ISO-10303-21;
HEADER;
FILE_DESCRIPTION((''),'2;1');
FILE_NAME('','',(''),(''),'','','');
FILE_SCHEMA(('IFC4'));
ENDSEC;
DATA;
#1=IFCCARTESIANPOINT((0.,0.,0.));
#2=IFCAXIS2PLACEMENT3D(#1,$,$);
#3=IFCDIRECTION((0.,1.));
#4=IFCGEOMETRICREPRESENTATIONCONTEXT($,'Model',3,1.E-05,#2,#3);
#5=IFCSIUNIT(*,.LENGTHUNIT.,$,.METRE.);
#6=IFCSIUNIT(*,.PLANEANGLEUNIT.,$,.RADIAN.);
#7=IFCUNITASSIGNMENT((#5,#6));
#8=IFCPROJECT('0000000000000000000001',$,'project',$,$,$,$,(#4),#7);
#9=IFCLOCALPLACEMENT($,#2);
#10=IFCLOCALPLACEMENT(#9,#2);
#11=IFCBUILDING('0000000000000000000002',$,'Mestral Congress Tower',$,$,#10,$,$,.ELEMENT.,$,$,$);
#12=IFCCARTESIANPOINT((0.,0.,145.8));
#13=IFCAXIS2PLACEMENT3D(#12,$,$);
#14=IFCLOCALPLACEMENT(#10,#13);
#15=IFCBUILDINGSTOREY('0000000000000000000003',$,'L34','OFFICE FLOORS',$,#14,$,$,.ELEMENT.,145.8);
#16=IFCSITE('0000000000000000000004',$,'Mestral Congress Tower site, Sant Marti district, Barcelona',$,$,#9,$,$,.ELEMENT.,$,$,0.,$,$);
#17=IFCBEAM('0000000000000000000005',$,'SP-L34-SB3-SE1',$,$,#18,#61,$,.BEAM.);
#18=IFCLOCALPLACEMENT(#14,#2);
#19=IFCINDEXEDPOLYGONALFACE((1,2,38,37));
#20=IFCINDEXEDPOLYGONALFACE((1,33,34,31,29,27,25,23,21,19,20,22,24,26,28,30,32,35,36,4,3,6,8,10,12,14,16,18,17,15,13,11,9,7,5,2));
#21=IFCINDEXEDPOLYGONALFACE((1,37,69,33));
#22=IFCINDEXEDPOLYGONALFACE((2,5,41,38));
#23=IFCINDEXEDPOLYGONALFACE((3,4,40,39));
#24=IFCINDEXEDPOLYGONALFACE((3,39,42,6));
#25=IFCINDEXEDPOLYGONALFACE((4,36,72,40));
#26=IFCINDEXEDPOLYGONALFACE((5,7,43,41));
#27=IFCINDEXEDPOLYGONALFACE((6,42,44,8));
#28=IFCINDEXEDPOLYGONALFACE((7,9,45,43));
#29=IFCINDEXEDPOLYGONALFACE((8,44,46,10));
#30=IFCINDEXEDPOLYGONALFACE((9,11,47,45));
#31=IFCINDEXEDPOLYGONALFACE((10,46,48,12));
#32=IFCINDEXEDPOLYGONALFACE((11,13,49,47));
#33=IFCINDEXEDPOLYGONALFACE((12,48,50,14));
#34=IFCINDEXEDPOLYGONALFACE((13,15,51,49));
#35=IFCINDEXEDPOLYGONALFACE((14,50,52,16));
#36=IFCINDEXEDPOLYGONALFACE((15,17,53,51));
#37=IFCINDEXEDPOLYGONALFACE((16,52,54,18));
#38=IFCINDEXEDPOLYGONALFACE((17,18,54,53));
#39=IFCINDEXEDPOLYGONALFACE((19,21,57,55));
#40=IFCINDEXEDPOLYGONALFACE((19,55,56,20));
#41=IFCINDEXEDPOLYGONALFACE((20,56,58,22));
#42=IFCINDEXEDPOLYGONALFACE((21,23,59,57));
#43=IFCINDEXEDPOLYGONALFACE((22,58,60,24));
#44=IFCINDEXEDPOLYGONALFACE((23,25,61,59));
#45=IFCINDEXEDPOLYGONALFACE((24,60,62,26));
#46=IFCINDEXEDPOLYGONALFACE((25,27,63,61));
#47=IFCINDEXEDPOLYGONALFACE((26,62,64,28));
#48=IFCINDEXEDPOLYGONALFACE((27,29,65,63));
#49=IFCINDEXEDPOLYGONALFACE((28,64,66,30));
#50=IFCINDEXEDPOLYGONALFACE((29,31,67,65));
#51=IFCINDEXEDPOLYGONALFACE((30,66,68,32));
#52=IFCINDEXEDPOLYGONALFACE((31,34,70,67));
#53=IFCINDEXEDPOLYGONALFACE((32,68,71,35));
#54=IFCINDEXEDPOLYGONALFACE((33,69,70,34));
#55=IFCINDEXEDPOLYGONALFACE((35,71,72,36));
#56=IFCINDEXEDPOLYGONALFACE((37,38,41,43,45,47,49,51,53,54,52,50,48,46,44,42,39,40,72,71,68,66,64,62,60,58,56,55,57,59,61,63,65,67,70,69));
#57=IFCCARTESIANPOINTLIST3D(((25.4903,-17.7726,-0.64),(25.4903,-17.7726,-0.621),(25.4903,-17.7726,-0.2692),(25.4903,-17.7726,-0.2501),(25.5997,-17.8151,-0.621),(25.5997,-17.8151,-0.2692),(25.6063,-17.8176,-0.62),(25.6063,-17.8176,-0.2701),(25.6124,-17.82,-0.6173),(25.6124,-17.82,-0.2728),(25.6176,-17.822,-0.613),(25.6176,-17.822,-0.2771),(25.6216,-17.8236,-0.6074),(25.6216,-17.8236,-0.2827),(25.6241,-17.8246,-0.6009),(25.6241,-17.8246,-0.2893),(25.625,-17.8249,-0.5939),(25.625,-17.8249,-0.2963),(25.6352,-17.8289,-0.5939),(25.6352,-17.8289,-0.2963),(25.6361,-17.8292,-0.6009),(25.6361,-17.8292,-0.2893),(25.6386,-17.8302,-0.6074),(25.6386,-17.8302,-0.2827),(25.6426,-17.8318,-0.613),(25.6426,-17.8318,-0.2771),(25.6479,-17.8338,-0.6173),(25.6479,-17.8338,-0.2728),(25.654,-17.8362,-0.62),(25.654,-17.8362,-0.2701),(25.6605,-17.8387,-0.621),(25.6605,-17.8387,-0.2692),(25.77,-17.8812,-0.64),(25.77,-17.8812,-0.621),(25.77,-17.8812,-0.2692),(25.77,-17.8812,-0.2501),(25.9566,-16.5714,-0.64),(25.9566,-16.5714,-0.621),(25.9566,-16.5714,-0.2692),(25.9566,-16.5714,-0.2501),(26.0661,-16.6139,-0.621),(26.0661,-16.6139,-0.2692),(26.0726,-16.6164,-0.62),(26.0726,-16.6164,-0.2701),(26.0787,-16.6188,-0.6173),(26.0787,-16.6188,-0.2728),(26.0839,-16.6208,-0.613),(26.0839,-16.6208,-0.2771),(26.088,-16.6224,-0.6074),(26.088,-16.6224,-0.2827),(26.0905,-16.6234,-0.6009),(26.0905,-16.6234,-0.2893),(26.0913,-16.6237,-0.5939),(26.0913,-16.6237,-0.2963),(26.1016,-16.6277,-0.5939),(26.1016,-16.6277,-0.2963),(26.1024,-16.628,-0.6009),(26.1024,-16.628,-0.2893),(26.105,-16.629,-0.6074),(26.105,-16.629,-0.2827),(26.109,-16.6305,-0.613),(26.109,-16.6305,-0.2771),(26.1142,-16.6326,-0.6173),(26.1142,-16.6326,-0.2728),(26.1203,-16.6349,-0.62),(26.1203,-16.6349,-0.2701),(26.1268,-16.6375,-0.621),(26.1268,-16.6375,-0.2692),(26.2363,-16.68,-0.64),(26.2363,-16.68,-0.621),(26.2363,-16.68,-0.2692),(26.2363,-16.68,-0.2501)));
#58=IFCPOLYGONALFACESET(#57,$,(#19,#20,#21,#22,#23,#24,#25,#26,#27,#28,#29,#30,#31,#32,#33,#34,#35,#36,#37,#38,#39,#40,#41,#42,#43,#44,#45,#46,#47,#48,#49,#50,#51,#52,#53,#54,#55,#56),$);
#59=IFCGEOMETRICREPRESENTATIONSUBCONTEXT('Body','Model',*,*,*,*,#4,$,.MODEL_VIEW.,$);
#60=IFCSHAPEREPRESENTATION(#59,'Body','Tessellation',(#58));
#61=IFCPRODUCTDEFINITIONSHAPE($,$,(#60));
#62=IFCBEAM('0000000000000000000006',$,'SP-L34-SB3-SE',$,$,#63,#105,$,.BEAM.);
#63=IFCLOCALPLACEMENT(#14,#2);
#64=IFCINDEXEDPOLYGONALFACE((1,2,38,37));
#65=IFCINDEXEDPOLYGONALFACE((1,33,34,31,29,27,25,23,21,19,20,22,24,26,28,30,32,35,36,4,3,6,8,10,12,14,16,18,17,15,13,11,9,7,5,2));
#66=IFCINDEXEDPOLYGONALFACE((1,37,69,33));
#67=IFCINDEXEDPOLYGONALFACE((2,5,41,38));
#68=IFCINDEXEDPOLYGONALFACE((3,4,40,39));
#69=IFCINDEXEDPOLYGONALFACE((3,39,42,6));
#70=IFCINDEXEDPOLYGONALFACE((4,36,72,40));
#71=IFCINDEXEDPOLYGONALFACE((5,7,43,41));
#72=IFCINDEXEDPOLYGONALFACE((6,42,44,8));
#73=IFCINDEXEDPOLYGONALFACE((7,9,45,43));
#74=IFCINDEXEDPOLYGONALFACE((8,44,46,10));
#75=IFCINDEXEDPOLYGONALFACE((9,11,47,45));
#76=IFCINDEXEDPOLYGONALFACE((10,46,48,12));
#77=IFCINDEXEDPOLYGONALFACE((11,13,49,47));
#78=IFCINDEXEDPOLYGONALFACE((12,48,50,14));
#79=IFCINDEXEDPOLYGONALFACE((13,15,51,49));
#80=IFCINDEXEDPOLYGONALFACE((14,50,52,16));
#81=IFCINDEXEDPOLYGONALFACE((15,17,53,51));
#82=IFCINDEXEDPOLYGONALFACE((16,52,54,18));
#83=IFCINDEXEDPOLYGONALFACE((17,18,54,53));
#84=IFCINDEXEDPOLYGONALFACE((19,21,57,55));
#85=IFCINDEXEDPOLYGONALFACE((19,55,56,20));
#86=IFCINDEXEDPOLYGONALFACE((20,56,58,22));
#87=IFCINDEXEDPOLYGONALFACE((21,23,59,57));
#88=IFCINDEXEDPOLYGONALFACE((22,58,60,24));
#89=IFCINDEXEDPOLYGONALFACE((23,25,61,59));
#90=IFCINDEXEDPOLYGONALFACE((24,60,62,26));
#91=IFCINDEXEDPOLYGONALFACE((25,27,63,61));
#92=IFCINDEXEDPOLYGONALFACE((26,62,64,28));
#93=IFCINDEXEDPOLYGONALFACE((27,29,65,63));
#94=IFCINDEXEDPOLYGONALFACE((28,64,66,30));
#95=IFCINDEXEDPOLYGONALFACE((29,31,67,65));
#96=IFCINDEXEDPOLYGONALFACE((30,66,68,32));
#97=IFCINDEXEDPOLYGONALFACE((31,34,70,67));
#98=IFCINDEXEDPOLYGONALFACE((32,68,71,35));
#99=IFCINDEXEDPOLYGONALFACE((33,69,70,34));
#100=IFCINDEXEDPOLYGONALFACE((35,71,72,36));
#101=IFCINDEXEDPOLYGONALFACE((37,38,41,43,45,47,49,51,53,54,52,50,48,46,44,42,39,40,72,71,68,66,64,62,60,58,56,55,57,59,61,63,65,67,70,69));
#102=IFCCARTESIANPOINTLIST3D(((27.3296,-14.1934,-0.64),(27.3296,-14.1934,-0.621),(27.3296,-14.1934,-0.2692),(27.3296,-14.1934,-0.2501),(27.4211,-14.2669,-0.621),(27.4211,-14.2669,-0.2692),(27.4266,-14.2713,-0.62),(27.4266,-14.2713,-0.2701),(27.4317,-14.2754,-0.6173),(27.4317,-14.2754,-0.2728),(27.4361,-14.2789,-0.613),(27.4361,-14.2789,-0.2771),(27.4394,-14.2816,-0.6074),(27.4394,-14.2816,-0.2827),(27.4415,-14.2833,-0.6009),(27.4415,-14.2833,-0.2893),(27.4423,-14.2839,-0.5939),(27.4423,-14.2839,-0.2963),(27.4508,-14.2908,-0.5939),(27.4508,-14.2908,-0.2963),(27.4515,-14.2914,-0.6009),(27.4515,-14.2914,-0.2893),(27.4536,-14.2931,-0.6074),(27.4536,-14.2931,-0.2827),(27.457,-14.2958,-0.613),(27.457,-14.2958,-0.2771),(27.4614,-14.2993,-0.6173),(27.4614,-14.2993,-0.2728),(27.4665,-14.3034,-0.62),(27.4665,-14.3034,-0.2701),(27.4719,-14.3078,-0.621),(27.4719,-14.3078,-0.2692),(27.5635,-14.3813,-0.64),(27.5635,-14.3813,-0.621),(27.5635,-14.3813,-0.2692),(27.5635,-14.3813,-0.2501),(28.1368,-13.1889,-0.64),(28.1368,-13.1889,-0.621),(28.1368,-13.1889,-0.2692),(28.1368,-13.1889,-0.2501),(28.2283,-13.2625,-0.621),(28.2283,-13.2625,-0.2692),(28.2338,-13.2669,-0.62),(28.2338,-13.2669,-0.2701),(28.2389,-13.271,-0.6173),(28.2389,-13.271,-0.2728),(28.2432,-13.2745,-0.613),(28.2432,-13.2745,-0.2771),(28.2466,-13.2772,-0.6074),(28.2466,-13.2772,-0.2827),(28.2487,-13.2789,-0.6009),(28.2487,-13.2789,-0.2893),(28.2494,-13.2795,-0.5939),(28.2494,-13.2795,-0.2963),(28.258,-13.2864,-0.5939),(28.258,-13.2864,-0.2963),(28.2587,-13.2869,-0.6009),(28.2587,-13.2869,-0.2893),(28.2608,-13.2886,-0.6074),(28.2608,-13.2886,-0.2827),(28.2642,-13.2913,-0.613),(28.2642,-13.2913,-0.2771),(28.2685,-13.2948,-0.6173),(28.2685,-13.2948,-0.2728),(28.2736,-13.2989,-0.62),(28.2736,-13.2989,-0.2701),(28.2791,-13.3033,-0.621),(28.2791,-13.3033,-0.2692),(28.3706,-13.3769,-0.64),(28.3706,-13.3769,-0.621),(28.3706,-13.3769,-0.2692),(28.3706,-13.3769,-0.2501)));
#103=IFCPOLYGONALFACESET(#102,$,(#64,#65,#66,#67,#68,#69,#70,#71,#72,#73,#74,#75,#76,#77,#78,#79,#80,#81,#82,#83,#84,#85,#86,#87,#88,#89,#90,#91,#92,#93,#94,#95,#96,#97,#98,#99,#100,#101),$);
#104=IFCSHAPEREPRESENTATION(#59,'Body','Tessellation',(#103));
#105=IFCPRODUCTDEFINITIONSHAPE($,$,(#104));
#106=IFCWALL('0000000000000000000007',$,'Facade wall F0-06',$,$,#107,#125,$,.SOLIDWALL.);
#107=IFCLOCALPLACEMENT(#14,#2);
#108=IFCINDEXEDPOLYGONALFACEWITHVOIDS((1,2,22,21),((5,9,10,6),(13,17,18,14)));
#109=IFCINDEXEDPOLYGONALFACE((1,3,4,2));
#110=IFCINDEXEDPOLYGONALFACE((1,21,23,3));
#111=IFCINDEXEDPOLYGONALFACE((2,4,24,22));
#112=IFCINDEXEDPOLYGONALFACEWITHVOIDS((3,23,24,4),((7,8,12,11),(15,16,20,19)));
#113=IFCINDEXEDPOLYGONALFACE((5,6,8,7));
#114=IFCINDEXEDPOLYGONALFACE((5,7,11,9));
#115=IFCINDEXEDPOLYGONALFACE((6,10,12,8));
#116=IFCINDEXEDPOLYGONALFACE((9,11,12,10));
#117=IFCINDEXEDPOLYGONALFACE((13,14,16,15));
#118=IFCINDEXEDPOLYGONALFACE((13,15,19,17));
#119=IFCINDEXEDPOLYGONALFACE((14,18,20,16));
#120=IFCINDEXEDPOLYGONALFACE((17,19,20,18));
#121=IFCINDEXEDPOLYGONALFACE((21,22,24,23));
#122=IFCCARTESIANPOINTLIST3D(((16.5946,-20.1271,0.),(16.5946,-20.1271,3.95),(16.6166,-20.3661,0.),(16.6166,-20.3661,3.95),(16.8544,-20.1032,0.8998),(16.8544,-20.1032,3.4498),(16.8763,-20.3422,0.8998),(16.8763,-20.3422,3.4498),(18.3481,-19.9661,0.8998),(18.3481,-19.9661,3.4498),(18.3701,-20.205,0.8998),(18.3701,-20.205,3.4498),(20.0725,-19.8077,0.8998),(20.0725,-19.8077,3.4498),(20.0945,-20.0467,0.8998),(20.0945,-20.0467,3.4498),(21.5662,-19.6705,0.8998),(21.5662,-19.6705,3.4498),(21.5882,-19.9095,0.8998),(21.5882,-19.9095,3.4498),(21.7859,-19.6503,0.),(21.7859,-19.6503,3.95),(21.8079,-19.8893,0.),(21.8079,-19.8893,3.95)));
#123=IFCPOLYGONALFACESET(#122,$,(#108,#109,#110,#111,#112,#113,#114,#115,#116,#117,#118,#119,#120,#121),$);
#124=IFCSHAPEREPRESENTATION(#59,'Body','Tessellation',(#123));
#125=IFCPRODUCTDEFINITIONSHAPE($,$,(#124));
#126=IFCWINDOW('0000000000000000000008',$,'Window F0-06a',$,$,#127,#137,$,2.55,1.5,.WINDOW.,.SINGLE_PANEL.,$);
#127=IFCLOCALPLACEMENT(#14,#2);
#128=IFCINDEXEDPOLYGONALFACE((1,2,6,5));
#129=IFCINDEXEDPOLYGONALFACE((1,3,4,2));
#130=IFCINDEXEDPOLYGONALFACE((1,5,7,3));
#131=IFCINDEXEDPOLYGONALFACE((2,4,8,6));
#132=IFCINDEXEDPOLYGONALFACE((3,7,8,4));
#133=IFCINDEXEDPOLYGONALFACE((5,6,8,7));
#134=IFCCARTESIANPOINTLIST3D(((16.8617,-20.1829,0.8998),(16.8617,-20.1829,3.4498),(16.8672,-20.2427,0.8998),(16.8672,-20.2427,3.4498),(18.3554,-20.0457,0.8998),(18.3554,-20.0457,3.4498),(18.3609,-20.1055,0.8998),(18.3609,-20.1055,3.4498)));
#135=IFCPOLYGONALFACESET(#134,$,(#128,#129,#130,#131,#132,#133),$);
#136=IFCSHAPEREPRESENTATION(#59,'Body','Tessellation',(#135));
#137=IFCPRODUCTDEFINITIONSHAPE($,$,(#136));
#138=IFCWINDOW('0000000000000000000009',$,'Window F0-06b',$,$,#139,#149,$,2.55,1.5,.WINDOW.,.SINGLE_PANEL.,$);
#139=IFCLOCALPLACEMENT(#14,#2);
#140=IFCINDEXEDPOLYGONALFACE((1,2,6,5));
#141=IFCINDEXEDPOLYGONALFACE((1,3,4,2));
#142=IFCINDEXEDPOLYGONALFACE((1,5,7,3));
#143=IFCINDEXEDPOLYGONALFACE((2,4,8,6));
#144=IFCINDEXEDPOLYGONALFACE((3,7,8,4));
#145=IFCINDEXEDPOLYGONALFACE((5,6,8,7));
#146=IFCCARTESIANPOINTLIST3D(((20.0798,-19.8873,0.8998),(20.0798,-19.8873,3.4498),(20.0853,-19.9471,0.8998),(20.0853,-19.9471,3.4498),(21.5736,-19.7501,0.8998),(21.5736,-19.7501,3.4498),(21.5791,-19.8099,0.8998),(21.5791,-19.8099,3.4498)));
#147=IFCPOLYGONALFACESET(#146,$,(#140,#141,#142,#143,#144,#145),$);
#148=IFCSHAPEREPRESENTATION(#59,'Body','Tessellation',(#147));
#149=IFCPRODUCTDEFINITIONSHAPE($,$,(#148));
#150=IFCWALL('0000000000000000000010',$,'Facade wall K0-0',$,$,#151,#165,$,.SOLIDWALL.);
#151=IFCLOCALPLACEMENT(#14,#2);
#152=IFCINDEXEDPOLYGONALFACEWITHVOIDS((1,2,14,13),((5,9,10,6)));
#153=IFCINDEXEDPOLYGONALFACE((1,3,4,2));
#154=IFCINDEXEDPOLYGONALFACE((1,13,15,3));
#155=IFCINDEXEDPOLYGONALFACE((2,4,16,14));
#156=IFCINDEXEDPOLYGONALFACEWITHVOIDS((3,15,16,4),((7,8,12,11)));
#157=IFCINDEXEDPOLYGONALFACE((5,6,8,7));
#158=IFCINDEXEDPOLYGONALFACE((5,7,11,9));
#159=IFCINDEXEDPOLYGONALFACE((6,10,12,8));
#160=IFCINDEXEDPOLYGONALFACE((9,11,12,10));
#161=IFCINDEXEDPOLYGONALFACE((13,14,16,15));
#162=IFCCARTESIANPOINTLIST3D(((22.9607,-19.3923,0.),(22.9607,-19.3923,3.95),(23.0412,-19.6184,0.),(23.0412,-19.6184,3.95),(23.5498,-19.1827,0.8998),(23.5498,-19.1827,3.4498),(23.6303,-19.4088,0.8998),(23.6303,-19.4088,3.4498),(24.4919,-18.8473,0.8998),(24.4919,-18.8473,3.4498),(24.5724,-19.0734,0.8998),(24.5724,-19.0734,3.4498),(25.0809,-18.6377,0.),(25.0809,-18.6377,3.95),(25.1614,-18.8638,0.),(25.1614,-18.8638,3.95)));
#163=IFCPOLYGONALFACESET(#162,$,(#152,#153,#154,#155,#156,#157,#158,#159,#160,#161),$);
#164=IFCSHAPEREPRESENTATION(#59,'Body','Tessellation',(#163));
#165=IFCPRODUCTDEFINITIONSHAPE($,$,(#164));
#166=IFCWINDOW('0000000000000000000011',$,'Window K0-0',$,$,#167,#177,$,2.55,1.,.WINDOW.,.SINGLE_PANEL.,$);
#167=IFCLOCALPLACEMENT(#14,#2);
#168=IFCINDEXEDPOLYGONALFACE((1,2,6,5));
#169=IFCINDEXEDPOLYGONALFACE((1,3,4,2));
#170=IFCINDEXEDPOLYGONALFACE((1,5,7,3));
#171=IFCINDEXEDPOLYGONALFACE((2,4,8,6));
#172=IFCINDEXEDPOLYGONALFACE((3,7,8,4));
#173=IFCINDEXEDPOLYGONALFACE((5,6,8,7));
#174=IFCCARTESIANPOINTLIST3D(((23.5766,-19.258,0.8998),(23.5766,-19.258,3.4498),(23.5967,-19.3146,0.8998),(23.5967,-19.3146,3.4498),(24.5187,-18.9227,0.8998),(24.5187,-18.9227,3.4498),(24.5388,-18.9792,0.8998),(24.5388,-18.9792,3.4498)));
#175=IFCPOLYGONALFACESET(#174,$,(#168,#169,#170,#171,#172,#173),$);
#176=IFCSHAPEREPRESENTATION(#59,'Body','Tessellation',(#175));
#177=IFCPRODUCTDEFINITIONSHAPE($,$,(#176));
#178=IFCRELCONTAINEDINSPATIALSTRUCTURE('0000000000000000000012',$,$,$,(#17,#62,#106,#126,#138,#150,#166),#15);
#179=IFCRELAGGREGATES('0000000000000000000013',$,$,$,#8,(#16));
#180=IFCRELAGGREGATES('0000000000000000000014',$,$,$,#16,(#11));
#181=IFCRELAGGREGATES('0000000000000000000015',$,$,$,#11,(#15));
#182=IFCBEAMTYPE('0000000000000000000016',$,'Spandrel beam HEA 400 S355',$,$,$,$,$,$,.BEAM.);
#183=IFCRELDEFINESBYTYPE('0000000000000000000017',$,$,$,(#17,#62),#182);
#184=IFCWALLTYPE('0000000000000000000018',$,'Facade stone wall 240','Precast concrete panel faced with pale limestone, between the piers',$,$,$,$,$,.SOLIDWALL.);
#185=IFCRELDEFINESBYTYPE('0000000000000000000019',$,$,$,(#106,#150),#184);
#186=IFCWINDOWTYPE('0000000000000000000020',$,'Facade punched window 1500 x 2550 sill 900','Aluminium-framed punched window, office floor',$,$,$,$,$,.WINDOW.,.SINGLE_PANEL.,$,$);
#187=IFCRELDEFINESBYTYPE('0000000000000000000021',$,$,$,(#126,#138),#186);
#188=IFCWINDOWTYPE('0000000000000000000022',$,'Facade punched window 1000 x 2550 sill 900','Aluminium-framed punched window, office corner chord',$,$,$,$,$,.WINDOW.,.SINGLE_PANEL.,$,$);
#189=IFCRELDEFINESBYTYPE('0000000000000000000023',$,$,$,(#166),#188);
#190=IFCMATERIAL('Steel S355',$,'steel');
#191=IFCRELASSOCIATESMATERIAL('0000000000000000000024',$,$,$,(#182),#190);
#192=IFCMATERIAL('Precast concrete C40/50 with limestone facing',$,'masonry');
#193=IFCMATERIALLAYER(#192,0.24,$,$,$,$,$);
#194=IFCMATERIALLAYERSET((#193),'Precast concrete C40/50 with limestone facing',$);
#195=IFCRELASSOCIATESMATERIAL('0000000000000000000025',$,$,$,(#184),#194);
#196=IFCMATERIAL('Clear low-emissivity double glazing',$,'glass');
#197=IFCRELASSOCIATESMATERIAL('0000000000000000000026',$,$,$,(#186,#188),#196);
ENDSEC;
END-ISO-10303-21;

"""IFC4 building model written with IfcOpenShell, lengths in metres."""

from ifc_helpers import new_model, si_unit, direction, frame, frame_2d, origin, origin_2d, place, context, subcontext, project, spatial, rectangle, i_section, extrude, material, layer, layer_set, material_profile, profile_set, type_object, element, fill, save


model = new_model("IFC4")

# Units and contexts
model_context = context("Model", 3, precision=1e-05, world=origin(), true_north=direction((0.0, 1.0)))
body_context = subcontext(model_context, "Body", "Model", "MODEL_VIEW")
ifc_project = project(units=[si_unit("LENGTHUNIT", "METRE"), si_unit("PLANEANGLEUNIT", "RADIAN")], contexts=[model_context])

# Site, building, storey
site_placement = place(None, origin())
site = spatial("IfcSite", under=ifc_project, at=site_placement, Name="Mestral Congress Tower site, Sant Marti district, Barcelona", CompositionType="ELEMENT", RefElevation=0.0)
building_placement = place(site_placement, origin())
building = spatial("IfcBuilding", under=site, at=building_placement, Name="Mestral Congress Tower", CompositionType="ELEMENT")
storey_placement = place(building_placement, frame((0.0, 0.0, 145.8)))
storey = spatial("IfcBuildingStorey", under=building, at=storey_placement, Name="L34", Description="OFFICE FLOORS", CompositionType="ELEMENT", Elevation=145.8)

# Beams
ifc_material_1 = material(Name="Steel S355", Category="steel")
ifc_material_profile_1 = material_profile(ifc_material_1, i_section(OverallWidth=0.3, OverallDepth=0.3899, WebThickness=0.011, FlangeThickness=0.019, FilletRadius=0.0271, at=origin_2d()), Name="HEA 400")
ifc_profile_set_1 = profile_set([ifc_material_profile_1], Name="Steel S355")
beam_type_1 = type_object("IfcBeamType", Name="Spandrel beam HEA 400 S355", PredefinedType="BEAM", material=ifc_profile_set_1)
for number, where, z_axis, x_axis, name in (
    (1, (25.6301, -17.8269, -0.4451), (0.361898, 0.932218, 0.0), (-0.932218, 0.361898, 0.0), "SP-L34-SB3-SE1"),
    (2, (27.4465, -14.2874, -0.4451), (0.626403, 0.779499, 0.0), (-0.779499, 0.626403, 0.0), "SP-L34-SB3-SE"),
):
    element("IfcBeam", number, at=place(storey_placement, frame(where, z_axis=z_axis, x_axis=x_axis)), inside=storey, type_object=beam_type_1, Name=name, PredefinedType="BEAM", context=body_context, shape_type="SweptSolid", body=[
        extrude(i_section(OverallWidth=0.3, OverallDepth=0.3899, WebThickness=0.011, FlangeThickness=0.019, FilletRadius=0.0271, at=origin_2d()), origin(), (0.0, 0.0, 1.0), 1.2886),
    ])

# Wall, openings, windows
ifc_material_2 = material(Name="Precast concrete C40/50 with limestone facing", Category="masonry")
ifc_layer_1 = layer(ifc_material_2, 0.24)
ifc_layer_set_1 = layer_set([ifc_layer_1], Name="Precast concrete C40/50 with limestone facing")
wall_type_1 = type_object("IfcWallType", Name="Facade stone wall 240", Description="Precast concrete panel faced with pale limestone, between the piers", PredefinedType="SOLIDWALL", material=ifc_layer_set_1)
wall_1_placement = place(storey_placement, frame((16.6057, -20.2466, 0.0), z_axis=(0.0, 0.0, 1.0), x_axis=(0.995809, 0.09146, 0.0)))
wall_1 = element("IfcWall", 3, at=wall_1_placement, inside=storey, type_object=wall_type_1, Name="Facade wall F0-06", PredefinedType="SOLIDWALL", context=body_context, shape_type="SweptSolid", body=[
    extrude(rectangle(XDim=5.2131, YDim=0.24, at=frame_2d((2.6064, 0.0))), origin(), (0.0, 0.0, 1.0), 3.95),
])
opening_1_placement = place(wall_1_placement, frame((0.2607, 0.0, 0.8999)))
opening_1 = element("IfcOpeningElement", 4, at=opening_1_placement, cuts=wall_1, PredefinedType="OPENING", context=body_context, shape_type="SweptSolid", body=[
    extrude(rectangle(XDim=1.5, YDim=2.55, at=frame_2d((0.75, 1.2749))), frame((0.0, 0.1299, 0.0), z_axis=(0.0, -1.0, 0.0), x_axis=(1.0, 0.0, 0.0)), (0.0, 0.0, 1.0), 0.26),
])
opening_2_placement = place(wall_1_placement, frame((3.4924, 0.0, 0.8999)))
opening_2 = element("IfcOpeningElement", 5, at=opening_2_placement, cuts=wall_1, PredefinedType="OPENING", context=body_context, shape_type="SweptSolid", body=[
    extrude(rectangle(XDim=1.5, YDim=2.55, at=frame_2d((0.75, 1.2749))), frame((0.0, 0.1299, 0.0), z_axis=(0.0, -1.0, 0.0), x_axis=(1.0, 0.0, 0.0)), (0.0, 0.0, 1.0), 0.26),
])
ifc_material_3 = material(Name="Clear low-emissivity double glazing", Category="glass")
window_type_1 = type_object("IfcWindowType", Name="Facade punched window 1500 x 2550 sill 900", Description="Aluminium-framed punched window, office floor", PartitioningType="SINGLE_PANEL", PredefinedType="WINDOW", material=ifc_material_3)
window_1_placement = place(opening_1_placement, origin())
window_1 = element("IfcWindow", 6, at=window_1_placement, inside=storey, type_object=window_type_1, Name="Window F0-06a", OverallHeight=2.55, OverallWidth=1.5, PartitioningType="SINGLE_PANEL", PredefinedType="WINDOW", context=body_context, shape_type="SweptSolid", body=[
    extrude(rectangle(XDim=1.5, YDim=2.55, at=frame_2d((0.75, 1.2749))), frame((0.0, 0.04, 0.0), z_axis=(0.0, -1.0, 0.0), x_axis=(1.0, 0.0, 0.0)), (0.0, 0.0, 1.0), 0.0601),
])
fill(opening_1, window_1)
window_2_placement = place(opening_2_placement, origin())
window_2 = element("IfcWindow", 7, at=window_2_placement, inside=storey, type_object=window_type_1, Name="Window F0-06b", OverallHeight=2.55, OverallWidth=1.5, PartitioningType="SINGLE_PANEL", PredefinedType="WINDOW", context=body_context, shape_type="SweptSolid", body=[
    extrude(rectangle(XDim=1.5, YDim=2.55, at=frame_2d((0.75, 1.2749))), frame((0.0, 0.04, 0.0), z_axis=(0.0, -1.0, 0.0), x_axis=(1.0, 0.0, 0.0)), (0.0, 0.0, 1.0), 0.0601),
])
fill(opening_2, window_2)

# Wall, opening, window
wall_2_placement = place(storey_placement, frame((23.001, -19.5054, 0.0), z_axis=(0.0, 0.0, 1.0), x_axis=(0.9421, 0.335333, 0.0)))
wall_2 = element("IfcWall", 8, at=wall_2_placement, inside=storey, type_object=wall_type_1, Name="Facade wall K0-0", PredefinedType="SOLIDWALL", context=body_context, shape_type="SweptSolid", body=[
    extrude(rectangle(XDim=2.2505, YDim=0.24, at=frame_2d((1.1252, 0.0))), origin(), (0.0, 0.0, 1.0), 3.95),
])
opening_3_placement = place(wall_2_placement, frame((0.6252, 0.0, 0.8999)))
opening_3 = element("IfcOpeningElement", 9, at=opening_3_placement, cuts=wall_2, PredefinedType="OPENING", context=body_context, shape_type="SweptSolid", body=[
    extrude(rectangle(XDim=1.0, YDim=2.55, at=frame_2d((0.5, 1.2749))), frame((0.0, 0.1299, 0.0), z_axis=(0.0, -1.0, 0.0), x_axis=(1.0, 0.0, 0.0)), (0.0, 0.0, 1.0), 0.26),
])
window_type_2 = type_object("IfcWindowType", Name="Facade punched window 1000 x 2550 sill 900", Description="Aluminium-framed punched window, office corner chord", PartitioningType="SINGLE_PANEL", PredefinedType="WINDOW", material=ifc_material_3)
window_3_placement = place(opening_3_placement, origin())
window_3 = element("IfcWindow", 10, at=window_3_placement, inside=storey, type_object=window_type_2, Name="Window K0-0", OverallHeight=2.55, OverallWidth=1.0, PartitioningType="SINGLE_PANEL", PredefinedType="WINDOW", context=body_context, shape_type="SweptSolid", body=[
    extrude(rectangle(XDim=1.0, YDim=2.55, at=frame_2d((0.5, 1.2749))), frame((0.0, 0.04, 0.0), z_axis=(0.0, -1.0, 0.0), x_axis=(1.0, 0.0, 0.0)), (0.0, 0.0, 1.0), 0.0601),
])
fill(opening_3, window_3)

save(model, "model.ifc")
